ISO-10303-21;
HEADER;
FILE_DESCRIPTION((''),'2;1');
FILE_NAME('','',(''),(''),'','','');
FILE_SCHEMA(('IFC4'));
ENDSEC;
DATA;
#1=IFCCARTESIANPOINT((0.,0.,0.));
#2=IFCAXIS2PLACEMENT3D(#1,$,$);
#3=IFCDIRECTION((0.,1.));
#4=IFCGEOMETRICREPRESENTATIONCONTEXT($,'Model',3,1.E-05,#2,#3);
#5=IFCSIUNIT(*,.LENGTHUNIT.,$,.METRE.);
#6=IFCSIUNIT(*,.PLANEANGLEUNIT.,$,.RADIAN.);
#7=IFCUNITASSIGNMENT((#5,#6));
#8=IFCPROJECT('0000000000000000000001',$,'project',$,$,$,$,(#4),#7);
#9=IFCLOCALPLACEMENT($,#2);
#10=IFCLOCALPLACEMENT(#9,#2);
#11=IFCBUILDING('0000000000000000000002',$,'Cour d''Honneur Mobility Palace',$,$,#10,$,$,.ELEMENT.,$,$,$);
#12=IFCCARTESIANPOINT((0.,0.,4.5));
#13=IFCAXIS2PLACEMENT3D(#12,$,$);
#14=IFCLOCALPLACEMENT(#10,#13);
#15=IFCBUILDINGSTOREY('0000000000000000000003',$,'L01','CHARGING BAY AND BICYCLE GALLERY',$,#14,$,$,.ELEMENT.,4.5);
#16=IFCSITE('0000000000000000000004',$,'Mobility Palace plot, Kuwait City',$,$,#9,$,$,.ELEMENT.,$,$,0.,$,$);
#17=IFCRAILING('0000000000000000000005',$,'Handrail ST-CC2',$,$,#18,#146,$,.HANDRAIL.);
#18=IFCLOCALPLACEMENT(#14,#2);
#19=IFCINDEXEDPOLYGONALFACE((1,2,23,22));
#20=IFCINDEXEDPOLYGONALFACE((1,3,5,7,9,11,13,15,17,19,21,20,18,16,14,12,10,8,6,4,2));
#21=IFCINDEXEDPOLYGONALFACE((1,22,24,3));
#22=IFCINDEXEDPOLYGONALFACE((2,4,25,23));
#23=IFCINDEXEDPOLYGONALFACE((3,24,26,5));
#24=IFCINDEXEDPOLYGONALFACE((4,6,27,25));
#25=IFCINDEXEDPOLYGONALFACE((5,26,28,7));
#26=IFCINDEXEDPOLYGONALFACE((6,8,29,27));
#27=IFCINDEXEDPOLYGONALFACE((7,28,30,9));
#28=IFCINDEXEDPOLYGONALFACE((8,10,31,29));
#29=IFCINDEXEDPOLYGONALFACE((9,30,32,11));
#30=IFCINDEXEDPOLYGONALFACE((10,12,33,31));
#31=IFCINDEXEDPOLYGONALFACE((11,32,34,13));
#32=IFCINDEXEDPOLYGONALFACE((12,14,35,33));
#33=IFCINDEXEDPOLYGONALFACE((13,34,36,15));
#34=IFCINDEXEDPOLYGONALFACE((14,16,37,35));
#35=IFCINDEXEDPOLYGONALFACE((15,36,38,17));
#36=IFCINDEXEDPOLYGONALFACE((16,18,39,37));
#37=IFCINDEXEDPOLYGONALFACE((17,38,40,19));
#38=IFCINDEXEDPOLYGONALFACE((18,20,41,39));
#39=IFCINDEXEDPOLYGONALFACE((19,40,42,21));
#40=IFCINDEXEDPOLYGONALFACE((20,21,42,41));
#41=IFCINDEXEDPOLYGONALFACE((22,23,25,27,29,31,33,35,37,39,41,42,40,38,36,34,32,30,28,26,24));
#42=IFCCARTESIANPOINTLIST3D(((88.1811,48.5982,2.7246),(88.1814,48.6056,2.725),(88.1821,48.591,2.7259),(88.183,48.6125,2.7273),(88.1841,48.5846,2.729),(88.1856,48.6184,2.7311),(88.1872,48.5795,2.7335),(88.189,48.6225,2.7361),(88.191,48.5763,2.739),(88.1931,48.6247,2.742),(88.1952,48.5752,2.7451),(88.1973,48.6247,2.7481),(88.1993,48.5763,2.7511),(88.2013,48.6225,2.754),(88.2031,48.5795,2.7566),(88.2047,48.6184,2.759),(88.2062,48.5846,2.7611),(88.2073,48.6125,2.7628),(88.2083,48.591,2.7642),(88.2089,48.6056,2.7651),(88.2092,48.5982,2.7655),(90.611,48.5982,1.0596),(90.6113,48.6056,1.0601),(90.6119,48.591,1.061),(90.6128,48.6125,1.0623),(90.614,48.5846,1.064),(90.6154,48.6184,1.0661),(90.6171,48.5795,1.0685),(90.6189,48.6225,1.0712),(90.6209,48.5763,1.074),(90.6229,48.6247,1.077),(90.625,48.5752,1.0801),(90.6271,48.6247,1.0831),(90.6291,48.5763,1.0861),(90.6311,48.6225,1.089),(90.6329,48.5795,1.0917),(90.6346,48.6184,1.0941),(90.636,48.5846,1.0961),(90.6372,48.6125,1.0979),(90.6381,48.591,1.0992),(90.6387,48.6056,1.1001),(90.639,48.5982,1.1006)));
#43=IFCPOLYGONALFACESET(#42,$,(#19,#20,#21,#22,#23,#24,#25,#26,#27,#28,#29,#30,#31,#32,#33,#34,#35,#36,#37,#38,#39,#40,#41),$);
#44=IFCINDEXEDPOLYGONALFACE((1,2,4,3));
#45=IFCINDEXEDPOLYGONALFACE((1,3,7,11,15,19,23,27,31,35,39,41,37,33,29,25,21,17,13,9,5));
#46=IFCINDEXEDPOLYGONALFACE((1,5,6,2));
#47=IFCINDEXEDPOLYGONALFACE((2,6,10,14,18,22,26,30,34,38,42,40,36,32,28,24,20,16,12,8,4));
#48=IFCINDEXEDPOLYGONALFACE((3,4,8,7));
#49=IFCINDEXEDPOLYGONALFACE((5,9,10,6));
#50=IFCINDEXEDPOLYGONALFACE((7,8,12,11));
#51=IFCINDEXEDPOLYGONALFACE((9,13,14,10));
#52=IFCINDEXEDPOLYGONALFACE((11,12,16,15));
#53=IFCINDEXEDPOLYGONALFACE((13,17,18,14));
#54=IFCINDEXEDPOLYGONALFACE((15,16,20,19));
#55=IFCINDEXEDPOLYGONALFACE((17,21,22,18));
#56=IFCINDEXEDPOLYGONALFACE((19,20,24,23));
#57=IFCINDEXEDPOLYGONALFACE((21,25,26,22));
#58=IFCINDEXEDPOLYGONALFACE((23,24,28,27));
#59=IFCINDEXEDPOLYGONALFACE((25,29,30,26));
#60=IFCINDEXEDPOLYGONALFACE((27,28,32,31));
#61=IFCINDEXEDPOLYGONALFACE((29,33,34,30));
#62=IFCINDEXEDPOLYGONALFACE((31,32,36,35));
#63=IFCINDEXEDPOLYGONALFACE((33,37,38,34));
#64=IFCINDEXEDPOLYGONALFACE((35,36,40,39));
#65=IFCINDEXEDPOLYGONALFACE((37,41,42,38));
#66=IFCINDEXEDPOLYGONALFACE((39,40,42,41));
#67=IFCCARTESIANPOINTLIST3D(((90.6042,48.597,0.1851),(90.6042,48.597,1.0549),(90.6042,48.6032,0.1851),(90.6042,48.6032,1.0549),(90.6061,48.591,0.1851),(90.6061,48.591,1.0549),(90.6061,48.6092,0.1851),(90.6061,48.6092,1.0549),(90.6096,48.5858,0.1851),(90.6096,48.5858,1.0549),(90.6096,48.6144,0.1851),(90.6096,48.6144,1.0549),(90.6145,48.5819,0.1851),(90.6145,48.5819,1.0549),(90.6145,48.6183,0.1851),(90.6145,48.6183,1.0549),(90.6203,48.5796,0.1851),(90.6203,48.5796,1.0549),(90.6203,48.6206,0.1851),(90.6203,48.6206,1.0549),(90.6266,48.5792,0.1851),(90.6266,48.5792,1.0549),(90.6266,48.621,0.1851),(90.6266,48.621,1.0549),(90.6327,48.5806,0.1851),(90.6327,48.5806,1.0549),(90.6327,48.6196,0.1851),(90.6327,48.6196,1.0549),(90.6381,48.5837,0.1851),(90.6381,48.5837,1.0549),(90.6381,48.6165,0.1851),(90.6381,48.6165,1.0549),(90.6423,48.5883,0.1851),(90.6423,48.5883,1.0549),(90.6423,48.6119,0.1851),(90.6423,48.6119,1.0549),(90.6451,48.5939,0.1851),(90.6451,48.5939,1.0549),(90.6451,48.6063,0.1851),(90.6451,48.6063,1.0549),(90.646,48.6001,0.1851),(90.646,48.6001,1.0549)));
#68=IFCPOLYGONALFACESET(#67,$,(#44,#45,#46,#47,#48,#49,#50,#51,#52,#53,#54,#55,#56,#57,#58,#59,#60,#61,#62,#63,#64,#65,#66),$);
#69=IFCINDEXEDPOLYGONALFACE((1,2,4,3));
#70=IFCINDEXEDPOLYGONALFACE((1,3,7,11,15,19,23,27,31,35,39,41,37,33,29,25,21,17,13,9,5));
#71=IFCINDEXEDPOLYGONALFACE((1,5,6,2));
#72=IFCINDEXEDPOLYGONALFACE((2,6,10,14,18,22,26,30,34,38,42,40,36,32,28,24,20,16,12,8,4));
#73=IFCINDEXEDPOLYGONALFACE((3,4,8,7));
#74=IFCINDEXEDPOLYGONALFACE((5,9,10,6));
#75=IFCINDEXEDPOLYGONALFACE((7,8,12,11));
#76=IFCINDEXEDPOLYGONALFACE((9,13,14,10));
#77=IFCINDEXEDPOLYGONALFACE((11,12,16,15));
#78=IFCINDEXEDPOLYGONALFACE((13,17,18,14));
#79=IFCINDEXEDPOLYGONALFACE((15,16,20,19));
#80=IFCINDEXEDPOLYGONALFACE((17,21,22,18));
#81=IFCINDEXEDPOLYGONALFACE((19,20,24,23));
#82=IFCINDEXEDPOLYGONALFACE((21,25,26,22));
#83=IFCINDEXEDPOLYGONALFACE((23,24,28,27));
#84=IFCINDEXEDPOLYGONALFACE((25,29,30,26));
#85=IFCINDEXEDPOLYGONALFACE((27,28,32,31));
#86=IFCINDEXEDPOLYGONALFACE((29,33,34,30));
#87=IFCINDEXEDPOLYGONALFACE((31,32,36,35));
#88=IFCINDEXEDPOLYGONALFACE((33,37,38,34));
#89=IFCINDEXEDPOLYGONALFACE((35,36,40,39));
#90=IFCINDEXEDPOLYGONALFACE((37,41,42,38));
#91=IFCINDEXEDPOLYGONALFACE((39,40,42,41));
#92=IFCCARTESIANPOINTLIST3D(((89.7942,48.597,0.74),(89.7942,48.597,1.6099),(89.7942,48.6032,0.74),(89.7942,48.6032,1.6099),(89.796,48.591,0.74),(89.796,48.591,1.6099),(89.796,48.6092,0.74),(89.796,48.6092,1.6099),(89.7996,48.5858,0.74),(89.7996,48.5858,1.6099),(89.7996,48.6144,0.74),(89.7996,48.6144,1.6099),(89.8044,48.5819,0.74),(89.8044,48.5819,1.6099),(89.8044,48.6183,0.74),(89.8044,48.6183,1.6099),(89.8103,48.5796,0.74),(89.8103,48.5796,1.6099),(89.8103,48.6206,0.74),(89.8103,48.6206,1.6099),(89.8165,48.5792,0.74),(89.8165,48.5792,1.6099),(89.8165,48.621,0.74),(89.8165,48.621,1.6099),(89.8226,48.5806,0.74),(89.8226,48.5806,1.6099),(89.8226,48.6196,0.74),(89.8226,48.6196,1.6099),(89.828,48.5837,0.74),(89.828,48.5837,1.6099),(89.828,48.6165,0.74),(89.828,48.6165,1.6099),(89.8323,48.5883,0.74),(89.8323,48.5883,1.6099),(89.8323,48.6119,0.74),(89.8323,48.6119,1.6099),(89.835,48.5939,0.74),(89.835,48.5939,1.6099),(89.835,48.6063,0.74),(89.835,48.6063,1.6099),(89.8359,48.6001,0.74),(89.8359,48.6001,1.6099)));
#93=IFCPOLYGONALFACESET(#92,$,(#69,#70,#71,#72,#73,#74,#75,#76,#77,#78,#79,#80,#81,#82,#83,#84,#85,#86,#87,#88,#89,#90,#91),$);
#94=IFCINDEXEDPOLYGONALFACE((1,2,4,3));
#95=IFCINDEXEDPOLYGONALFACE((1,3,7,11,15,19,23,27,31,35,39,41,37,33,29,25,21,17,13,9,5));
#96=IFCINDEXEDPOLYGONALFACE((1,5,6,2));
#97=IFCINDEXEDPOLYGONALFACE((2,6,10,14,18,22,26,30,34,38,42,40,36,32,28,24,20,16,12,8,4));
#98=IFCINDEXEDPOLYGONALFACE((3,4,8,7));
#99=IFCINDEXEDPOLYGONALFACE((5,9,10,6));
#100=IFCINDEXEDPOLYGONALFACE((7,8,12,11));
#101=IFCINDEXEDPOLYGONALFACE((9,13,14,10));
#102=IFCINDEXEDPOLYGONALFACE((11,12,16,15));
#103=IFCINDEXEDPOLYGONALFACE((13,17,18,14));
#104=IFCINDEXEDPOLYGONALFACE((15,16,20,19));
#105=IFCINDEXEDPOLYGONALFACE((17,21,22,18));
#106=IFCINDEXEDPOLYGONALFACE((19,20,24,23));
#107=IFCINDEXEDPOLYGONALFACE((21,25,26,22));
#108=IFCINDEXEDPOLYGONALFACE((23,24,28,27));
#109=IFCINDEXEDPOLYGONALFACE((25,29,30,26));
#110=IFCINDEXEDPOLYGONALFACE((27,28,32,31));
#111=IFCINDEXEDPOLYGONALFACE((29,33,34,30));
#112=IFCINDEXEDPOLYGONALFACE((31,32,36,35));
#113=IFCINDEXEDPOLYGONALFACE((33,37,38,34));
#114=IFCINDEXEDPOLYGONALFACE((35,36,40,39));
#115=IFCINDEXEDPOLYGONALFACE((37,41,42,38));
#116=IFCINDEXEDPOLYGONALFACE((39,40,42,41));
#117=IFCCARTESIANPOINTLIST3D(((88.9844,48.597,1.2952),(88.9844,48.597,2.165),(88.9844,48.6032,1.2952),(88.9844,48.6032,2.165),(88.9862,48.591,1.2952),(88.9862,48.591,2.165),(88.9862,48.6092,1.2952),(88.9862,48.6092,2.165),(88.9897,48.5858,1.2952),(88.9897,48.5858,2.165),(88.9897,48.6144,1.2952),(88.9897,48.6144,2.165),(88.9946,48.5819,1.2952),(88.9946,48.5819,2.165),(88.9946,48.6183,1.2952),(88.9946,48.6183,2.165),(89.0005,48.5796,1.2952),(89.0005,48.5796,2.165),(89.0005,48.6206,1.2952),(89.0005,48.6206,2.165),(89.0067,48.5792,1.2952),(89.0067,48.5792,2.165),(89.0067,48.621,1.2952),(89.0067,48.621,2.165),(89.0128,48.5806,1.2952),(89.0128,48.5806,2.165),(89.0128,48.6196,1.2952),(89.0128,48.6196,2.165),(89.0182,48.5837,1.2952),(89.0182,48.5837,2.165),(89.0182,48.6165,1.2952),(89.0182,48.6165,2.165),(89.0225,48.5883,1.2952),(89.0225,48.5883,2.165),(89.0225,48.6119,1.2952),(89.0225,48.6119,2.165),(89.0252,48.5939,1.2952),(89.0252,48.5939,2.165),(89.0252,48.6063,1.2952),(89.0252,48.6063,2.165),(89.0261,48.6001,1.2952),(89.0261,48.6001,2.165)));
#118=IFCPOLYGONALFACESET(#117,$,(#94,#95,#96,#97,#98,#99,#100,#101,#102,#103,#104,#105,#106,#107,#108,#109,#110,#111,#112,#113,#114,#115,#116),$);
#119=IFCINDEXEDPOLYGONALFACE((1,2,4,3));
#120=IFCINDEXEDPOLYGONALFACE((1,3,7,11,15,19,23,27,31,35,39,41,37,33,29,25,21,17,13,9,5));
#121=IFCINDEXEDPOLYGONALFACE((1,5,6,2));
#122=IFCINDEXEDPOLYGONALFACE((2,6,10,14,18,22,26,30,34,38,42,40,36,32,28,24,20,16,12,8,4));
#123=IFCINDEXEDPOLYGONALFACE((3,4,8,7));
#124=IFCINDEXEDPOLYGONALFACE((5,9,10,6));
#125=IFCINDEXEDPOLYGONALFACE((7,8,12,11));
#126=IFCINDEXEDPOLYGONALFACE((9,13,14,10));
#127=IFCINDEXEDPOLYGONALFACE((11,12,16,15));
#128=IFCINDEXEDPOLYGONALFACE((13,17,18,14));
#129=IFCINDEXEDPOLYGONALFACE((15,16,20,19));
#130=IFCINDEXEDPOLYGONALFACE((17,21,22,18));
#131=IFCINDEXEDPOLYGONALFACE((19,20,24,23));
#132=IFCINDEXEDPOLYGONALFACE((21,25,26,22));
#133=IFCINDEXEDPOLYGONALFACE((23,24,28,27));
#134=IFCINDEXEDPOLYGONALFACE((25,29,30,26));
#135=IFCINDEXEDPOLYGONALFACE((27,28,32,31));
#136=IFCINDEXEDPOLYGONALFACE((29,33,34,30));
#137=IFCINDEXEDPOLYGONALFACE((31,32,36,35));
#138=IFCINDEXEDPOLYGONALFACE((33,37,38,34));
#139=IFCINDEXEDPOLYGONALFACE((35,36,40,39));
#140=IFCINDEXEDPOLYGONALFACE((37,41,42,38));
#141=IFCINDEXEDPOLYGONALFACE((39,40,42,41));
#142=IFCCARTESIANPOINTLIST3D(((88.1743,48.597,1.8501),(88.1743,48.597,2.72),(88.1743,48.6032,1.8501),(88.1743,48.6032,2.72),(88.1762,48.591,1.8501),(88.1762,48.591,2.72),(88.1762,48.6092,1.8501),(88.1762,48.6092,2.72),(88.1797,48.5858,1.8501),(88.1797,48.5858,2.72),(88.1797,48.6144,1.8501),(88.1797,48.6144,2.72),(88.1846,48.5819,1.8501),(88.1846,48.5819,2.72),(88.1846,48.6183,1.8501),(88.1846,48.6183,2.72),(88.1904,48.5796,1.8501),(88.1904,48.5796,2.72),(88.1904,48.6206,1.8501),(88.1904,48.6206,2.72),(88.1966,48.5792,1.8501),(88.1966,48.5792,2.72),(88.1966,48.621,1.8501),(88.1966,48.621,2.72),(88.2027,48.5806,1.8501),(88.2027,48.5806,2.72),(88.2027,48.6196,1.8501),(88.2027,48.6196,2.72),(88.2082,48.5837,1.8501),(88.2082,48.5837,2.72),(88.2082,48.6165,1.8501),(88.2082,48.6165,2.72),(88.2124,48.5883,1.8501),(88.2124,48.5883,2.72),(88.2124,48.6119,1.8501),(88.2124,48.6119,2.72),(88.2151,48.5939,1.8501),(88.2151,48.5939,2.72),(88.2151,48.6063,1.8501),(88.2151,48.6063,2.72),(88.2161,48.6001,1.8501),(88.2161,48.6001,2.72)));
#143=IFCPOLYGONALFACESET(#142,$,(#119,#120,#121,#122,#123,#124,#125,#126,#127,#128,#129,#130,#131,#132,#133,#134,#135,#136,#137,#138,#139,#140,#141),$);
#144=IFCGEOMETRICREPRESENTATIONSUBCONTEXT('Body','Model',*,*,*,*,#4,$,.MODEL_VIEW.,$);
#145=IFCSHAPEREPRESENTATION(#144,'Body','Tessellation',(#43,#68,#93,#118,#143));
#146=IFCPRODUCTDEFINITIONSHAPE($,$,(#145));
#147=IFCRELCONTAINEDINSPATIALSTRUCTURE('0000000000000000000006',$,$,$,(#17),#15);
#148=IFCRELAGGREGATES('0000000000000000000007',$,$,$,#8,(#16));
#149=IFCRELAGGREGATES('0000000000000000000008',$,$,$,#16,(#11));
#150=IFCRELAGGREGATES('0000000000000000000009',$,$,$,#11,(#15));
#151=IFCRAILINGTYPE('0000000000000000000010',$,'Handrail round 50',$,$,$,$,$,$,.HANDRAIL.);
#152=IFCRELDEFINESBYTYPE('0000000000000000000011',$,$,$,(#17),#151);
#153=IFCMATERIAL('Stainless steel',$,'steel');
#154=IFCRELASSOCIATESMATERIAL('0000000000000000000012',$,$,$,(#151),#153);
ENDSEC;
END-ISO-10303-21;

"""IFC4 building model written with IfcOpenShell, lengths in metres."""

from ifc_helpers import new_model, si_unit, direction, frame, origin, origin_2d, place, context, subcontext, project, spatial, circle, extrude, material, type_object, element, save


model = new_model("IFC4")

# Units and contexts
model_context = context("Model", 3, precision=1e-05, world=origin(), true_north=direction((0.0, 1.0)))
body_context = subcontext(model_context, "Body", "Model", "MODEL_VIEW")
ifc_project = project(units=[si_unit("LENGTHUNIT", "METRE"), si_unit("PLANEANGLEUNIT", "RADIAN")], contexts=[model_context])

# Site, building, storey
site_placement = place(None, origin())
site = spatial("IfcSite", under=ifc_project, at=site_placement, Name="Mobility Palace plot, Kuwait City", CompositionType="ELEMENT", RefElevation=0.0)
building_placement = place(site_placement, origin())
building = spatial("IfcBuilding", under=site, at=building_placement, Name="Cour d'Honneur Mobility Palace", CompositionType="ELEMENT")
storey_placement = place(building_placement, frame((0.0, 0.0, 4.5)))
storey = spatial("IfcBuildingStorey", under=building, at=storey_placement, Name="L01", Description="CHARGING BAY AND BICYCLE GALLERY", CompositionType="ELEMENT", Elevation=4.5)

# Railing
ifc_material_1 = material(Name="Stainless steel", Category="steel")
railing_type_1 = type_object("IfcRailingType", Name="Handrail round 50", PredefinedType="HANDRAIL", material=ifc_material_1)
railing_1_placement = place(storey_placement, frame((90.625, 48.6001, 0.1851)))
element("IfcRailing", 1, at=railing_1_placement, inside=storey, type_object=railing_type_1, Name="Handrail ST-CC2", PredefinedType="HANDRAIL", context=body_context, shape_type="SweptSolid", body=[
    extrude(circle(Radius=0.0249, at=origin_2d()), frame((0.0, 0.0, 0.895), z_axis=(-0.824919, 0.0, 0.565251), x_axis=(0.0, -1.0, 0.0)), (0.0, 0.0, 1.0), 2.9456),
    extrude(circle(Radius=0.021, at=origin_2d()), origin(), (0.0, 0.0, 1.0), 0.8699),
    extrude(circle(Radius=0.021, at=origin_2d()), frame((-0.8101, 0.0, 0.5549)), (0.0, 0.0, 1.0), 0.8699),
    extrude(circle(Radius=0.021, at=origin_2d()), frame((-1.6199, 0.0, 1.1101)), (0.0, 0.0, 1.0), 0.8699),
    extrude(circle(Radius=0.021, at=origin_2d()), frame((-2.4299, 0.0, 1.665)), (0.0, 0.0, 1.0), 0.8699),
])

save(model, "model.ifc")
